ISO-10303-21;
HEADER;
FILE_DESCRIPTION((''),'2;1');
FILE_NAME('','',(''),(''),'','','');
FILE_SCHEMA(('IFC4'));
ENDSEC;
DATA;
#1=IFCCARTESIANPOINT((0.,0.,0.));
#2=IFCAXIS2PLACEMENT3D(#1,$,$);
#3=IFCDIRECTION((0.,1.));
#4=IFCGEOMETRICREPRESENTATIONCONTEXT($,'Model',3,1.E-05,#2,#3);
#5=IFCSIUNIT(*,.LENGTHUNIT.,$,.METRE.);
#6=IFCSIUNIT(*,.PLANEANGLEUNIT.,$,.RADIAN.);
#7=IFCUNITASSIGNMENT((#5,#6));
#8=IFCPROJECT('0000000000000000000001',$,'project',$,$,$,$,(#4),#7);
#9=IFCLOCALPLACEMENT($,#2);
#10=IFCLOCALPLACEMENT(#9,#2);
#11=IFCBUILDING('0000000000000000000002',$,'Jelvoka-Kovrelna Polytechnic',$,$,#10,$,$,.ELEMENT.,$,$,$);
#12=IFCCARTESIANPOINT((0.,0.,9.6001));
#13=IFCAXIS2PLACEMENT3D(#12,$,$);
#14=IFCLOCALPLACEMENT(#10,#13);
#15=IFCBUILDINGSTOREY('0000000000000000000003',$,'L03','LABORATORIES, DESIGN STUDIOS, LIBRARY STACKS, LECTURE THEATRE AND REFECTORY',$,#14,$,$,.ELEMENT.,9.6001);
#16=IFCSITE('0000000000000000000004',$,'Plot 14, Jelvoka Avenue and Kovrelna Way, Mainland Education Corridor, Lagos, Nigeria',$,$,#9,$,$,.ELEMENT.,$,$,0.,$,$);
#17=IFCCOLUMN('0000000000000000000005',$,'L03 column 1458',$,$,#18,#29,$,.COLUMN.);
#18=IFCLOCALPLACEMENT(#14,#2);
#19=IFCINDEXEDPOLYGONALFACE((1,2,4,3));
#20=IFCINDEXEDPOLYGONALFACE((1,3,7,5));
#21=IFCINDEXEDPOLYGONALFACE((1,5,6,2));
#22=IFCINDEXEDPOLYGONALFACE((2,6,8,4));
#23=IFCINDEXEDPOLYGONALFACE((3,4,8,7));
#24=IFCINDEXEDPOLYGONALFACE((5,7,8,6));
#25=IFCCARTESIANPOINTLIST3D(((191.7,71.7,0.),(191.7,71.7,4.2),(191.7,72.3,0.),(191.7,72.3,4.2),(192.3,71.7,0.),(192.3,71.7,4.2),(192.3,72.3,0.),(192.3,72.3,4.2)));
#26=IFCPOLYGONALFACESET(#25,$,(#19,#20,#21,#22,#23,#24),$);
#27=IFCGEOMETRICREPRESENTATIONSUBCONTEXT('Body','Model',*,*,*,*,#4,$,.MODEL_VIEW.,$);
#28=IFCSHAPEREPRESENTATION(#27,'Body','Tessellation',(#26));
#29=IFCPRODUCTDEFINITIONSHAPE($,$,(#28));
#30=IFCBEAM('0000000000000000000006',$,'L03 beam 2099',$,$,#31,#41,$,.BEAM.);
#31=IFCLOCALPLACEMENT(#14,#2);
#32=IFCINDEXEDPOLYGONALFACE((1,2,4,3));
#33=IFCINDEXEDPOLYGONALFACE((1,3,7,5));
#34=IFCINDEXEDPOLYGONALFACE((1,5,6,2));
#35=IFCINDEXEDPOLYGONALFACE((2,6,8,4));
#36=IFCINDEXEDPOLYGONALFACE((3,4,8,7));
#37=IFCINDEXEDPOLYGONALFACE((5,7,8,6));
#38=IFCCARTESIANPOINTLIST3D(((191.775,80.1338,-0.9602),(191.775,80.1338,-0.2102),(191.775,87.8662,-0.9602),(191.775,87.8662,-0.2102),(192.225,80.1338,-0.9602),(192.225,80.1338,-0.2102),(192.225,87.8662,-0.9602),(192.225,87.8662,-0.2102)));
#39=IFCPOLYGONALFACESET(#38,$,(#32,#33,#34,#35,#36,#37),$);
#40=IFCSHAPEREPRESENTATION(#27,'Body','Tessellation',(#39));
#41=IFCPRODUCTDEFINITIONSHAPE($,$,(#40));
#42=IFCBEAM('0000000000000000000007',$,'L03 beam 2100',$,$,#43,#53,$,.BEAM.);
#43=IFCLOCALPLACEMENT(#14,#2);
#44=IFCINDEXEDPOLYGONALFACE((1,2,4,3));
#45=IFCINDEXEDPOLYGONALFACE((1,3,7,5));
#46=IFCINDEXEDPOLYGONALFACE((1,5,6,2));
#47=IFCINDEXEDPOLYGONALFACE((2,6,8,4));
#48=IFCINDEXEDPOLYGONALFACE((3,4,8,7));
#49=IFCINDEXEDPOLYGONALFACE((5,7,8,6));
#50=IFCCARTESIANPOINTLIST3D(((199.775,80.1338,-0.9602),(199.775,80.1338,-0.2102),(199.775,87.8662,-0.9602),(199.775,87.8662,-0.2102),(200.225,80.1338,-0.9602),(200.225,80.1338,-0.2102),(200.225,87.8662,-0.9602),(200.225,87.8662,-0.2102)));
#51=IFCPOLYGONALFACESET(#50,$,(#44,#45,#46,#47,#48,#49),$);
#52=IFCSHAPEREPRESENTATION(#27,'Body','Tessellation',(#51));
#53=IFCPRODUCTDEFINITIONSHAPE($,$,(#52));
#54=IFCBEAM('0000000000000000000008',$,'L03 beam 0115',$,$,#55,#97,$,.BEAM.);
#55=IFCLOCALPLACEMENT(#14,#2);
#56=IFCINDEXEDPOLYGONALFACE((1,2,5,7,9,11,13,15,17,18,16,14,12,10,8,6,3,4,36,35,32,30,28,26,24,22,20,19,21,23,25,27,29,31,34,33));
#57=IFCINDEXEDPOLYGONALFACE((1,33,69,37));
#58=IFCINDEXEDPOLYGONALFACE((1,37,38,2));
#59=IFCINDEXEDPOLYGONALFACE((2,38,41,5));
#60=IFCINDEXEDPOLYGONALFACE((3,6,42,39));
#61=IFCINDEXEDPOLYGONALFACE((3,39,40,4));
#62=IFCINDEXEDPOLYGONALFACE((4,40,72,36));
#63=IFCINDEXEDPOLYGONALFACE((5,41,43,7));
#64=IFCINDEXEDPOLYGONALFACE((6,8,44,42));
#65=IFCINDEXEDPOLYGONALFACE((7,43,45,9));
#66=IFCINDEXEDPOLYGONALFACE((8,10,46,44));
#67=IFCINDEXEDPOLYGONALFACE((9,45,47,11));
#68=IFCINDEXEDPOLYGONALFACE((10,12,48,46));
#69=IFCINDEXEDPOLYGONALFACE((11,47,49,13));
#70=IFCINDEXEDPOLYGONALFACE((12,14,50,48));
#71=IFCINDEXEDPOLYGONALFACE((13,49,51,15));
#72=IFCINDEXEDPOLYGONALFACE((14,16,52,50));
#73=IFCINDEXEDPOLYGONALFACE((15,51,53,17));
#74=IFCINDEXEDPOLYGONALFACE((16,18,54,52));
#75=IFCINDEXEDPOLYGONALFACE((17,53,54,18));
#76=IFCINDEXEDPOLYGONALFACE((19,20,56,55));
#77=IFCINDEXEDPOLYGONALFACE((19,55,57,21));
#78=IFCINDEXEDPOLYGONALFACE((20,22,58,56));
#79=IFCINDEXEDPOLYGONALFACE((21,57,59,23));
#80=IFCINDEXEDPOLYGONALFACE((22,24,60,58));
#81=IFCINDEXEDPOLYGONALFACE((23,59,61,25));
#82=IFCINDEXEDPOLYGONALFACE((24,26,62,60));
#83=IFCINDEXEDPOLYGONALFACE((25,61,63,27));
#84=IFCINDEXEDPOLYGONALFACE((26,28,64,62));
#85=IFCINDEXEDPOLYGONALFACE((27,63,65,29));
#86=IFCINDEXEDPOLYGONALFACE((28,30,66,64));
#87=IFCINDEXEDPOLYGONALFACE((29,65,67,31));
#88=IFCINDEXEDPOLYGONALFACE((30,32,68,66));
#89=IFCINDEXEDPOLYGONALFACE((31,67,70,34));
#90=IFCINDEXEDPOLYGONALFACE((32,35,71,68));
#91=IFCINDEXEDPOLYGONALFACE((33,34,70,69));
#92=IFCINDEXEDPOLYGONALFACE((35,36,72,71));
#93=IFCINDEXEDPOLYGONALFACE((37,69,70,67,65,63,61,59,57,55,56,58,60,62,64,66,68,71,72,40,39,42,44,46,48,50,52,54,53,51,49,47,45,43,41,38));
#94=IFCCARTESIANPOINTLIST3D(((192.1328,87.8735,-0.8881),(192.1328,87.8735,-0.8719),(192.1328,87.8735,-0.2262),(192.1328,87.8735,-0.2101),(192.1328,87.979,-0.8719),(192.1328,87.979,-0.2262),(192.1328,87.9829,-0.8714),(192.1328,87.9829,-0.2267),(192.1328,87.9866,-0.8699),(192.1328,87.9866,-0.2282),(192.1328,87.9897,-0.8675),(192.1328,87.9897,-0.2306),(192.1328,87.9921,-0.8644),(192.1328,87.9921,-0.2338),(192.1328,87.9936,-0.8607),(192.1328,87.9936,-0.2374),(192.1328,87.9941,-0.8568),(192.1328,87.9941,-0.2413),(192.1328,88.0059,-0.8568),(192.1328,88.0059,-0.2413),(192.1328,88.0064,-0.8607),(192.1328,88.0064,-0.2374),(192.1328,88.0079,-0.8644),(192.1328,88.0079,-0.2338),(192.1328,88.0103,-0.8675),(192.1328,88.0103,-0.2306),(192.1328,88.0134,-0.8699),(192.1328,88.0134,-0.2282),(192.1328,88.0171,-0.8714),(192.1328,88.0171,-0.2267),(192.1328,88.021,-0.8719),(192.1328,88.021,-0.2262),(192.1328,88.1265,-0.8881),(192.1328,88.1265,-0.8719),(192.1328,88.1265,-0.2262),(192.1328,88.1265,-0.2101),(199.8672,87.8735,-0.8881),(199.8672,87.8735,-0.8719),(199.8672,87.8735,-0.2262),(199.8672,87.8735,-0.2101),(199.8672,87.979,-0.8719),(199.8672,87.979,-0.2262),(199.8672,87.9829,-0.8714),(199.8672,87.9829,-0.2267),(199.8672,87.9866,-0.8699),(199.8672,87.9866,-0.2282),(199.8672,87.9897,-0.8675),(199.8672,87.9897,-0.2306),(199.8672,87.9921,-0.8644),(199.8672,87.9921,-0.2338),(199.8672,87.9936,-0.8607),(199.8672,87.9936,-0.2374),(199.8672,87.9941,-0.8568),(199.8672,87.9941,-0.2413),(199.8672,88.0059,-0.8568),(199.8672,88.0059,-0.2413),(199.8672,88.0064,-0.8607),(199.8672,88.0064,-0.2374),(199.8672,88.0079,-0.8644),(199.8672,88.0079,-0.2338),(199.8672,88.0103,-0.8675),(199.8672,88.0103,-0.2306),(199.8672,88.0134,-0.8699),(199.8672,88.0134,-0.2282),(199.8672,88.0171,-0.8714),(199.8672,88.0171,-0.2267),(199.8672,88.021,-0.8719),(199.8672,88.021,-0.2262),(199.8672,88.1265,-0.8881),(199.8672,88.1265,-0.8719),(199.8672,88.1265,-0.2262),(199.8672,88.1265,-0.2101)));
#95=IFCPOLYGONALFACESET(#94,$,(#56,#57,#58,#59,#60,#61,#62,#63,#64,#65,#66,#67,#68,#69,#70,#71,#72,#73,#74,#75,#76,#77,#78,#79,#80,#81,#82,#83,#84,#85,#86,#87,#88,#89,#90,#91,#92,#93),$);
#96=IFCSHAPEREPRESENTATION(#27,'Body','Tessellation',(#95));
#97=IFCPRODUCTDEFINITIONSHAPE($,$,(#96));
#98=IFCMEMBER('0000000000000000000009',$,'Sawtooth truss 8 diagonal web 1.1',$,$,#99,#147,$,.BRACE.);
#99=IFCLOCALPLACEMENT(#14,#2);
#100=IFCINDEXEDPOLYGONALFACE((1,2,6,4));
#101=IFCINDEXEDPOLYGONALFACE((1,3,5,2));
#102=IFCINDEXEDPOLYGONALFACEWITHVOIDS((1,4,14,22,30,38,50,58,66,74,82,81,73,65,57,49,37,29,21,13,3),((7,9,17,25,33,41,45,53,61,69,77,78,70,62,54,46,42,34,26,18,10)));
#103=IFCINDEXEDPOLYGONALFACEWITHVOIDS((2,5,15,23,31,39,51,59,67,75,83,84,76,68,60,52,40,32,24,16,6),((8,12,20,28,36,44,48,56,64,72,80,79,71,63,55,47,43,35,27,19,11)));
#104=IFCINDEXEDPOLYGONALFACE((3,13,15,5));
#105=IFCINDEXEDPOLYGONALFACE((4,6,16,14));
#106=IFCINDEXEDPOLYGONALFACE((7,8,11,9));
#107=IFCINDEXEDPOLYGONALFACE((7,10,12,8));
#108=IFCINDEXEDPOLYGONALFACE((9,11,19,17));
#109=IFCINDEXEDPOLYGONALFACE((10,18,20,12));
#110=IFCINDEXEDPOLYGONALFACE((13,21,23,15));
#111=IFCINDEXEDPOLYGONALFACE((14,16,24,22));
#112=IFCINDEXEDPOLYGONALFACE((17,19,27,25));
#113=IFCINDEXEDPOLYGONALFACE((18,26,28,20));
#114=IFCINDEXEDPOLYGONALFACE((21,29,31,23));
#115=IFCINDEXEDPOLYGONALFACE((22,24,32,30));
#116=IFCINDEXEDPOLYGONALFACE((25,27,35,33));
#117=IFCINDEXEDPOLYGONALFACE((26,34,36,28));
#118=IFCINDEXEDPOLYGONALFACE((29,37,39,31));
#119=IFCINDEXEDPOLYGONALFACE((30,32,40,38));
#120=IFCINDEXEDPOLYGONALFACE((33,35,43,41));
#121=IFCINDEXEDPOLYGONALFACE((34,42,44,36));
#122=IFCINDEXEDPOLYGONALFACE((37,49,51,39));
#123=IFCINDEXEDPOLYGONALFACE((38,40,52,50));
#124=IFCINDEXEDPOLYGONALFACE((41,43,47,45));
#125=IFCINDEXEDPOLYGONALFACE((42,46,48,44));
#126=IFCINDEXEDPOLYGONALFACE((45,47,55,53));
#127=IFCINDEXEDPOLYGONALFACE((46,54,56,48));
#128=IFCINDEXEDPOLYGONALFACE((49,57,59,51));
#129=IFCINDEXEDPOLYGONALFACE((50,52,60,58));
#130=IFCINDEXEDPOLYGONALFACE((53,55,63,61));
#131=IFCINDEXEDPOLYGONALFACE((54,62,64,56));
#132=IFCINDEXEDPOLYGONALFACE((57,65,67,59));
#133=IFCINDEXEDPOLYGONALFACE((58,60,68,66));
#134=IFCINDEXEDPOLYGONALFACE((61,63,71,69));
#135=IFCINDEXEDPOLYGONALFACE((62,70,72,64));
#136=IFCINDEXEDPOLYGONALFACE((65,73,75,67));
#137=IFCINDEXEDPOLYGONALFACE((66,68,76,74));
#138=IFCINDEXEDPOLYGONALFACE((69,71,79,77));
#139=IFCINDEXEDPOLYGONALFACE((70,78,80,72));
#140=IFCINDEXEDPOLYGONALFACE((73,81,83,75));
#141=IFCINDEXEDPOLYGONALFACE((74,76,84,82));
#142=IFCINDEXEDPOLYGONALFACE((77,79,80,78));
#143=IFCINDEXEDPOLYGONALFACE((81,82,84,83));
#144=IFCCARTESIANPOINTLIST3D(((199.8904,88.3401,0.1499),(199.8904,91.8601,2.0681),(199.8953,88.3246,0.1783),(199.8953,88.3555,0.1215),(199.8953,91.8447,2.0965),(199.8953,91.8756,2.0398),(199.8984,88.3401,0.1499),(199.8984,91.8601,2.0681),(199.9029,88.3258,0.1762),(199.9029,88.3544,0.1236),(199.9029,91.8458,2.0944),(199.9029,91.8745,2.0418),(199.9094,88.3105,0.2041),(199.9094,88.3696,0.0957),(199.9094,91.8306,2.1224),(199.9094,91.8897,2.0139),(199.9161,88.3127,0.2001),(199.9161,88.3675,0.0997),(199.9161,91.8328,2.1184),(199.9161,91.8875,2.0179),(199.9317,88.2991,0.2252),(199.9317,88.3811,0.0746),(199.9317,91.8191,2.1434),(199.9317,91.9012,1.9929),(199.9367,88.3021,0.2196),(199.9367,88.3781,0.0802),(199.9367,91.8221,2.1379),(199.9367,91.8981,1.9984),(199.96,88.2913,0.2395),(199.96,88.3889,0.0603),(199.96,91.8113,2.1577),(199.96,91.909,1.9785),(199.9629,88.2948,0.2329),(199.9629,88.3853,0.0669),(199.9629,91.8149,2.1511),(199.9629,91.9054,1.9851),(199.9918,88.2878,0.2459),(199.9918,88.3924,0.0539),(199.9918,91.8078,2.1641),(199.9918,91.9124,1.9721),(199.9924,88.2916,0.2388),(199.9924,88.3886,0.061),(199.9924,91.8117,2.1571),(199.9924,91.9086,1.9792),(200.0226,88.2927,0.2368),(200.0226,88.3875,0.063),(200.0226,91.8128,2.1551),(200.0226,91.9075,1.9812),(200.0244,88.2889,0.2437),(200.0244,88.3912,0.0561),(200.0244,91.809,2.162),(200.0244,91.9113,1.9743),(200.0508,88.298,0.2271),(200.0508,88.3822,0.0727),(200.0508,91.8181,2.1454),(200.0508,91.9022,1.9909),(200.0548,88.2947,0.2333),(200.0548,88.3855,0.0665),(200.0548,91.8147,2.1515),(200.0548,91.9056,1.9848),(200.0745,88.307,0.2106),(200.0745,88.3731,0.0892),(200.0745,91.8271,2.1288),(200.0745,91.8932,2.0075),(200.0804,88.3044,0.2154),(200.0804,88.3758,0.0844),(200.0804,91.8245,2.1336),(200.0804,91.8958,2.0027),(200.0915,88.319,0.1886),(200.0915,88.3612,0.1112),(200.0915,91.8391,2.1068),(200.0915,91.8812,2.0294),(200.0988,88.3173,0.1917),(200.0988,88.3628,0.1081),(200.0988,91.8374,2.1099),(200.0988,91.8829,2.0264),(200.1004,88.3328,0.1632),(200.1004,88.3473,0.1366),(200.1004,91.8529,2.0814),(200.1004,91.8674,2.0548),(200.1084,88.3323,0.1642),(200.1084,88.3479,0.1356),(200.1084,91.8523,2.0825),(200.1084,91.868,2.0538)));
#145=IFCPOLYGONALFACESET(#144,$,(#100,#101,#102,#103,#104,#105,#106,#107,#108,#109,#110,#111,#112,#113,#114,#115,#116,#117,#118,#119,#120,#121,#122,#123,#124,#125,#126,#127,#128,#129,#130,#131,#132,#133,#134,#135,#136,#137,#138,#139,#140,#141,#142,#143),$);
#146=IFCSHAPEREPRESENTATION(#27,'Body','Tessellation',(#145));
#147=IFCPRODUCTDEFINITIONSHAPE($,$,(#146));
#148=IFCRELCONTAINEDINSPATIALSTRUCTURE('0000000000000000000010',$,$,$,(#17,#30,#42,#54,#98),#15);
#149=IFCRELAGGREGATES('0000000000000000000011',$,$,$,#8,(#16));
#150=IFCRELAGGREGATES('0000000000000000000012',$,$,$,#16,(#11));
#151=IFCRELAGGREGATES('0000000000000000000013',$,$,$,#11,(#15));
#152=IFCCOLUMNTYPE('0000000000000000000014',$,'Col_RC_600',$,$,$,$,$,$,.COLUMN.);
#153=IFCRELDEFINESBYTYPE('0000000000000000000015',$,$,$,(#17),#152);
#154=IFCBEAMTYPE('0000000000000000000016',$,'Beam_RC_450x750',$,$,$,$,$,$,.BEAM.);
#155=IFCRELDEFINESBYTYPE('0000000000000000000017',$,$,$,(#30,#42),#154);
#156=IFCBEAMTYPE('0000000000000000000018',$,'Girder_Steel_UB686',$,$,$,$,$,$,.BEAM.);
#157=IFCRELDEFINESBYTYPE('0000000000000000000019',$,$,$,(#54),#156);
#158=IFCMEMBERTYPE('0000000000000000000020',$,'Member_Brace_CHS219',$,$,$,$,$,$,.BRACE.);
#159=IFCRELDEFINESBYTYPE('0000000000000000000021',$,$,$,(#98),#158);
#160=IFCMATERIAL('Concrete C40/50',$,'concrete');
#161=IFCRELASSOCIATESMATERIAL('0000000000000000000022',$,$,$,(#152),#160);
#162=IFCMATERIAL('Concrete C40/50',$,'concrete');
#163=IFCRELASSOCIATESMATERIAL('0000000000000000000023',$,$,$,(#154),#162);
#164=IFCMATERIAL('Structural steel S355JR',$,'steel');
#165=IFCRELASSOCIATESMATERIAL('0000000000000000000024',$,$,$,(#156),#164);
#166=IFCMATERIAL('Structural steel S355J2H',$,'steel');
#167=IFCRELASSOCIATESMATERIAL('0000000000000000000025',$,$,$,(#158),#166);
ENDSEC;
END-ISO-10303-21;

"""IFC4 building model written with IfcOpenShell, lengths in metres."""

from ifc_helpers import new_model, si_unit, direction, frame, origin, origin_2d, place, context, subcontext, project, spatial, rectangle, hollow_circle, i_section, extrude, material, material_profile, profile_set, type_object, element, save


model = new_model("IFC4")

# Units and contexts
model_context = context("Model", 3, precision=1e-05, world=origin(), true_north=direction((0.0, 1.0)))
body_context = subcontext(model_context, "Body", "Model", "MODEL_VIEW")
ifc_project = project(units=[si_unit("LENGTHUNIT", "METRE"), si_unit("PLANEANGLEUNIT", "RADIAN")], contexts=[model_context])

# Site, building, storey
site_placement = place(None, origin())
site = spatial("IfcSite", under=ifc_project, at=site_placement, Name="Plot 14, Jelvoka Avenue and Kovrelna Way, Mainland Education Corridor, Lagos, Nigeria", CompositionType="ELEMENT", RefElevation=0.0)
building_placement = place(site_placement, origin())
building = spatial("IfcBuilding", under=site, at=building_placement, Name="Jelvoka-Kovrelna Polytechnic", CompositionType="ELEMENT")
storey_placement = place(building_placement, frame((0.0, 0.0, 9.6001)))
storey = spatial("IfcBuildingStorey", under=building, at=storey_placement, Name="L03", Description="LABORATORIES, DESIGN STUDIOS, LIBRARY STACKS, LECTURE THEATRE AND REFECTORY", CompositionType="ELEMENT", Elevation=9.6001)

# Column
ifc_material_1 = material(Name="Concrete C40/50", Category="concrete")
ifc_material_profile_1 = material_profile(ifc_material_1, rectangle(XDim=0.6001, YDim=0.6001, at=origin_2d()), Name="RC 600x600")
ifc_profile_set_1 = profile_set([ifc_material_profile_1], Name="Concrete C40/50")
column_type = type_object("IfcColumnType", Name="Col_RC_600", PredefinedType="COLUMN", material=ifc_profile_set_1)
column_placement = place(storey_placement, frame((192.0, 72.0, 0.0), z_axis=(0.0, 0.0, 1.0), x_axis=(1.0, 0.0, 0.0)))
element("IfcColumn", 1, at=column_placement, inside=storey, type_object=column_type, Name="L03 column 1458", PredefinedType="COLUMN", context=body_context, shape_type="SweptSolid", body=[
    extrude(rectangle(XDim=0.6001, YDim=0.6001, at=origin_2d()), origin(), (0.0, 0.0, 1.0), 4.2),
])

# Beams
ifc_material_2 = material(Name="Concrete C40/50", Category="concrete")
ifc_material_profile_2 = material_profile(ifc_material_2, rectangle(XDim=0.45, YDim=0.75, at=origin_2d()), Name="RC 450x750")
ifc_profile_set_2 = profile_set([ifc_material_profile_2], Name="Concrete C40/50")
beam_type_1 = type_object("IfcBeamType", Name="Beam_RC_450x750", PredefinedType="BEAM", material=ifc_profile_set_2)
for number, where, z_axis, x_axis, name in (
    (2, (192.0, 80.1338, -0.5852), (0.0, 1.0, 0.0), (-1.0, 0.0, 0.0), "L03 beam 2099"),
    (3, (200.0, 80.1338, -0.5852), (0.0, 1.0, 0.0), (-1.0, 0.0, 0.0), "L03 beam 2100"),
):
    element("IfcBeam", number, at=place(storey_placement, frame(where, z_axis=z_axis, x_axis=x_axis)), inside=storey, type_object=beam_type_1, Name=name, PredefinedType="BEAM", context=body_context, shape_type="SweptSolid", body=[
        extrude(rectangle(XDim=0.45, YDim=0.75, at=origin_2d()), origin(), (0.0, 0.0, 1.0), 7.7324),
    ])
ifc_material_3 = material(Name="Structural steel S355JR", Category="steel")
ifc_material_profile_3 = material_profile(ifc_material_3, i_section(OverallWidth=0.2529, OverallDepth=0.678, WebThickness=0.0117, FlangeThickness=0.0161, FilletRadius=0.0151, at=origin_2d()), Name="686x254x125 UB")
ifc_profile_set_3 = profile_set([ifc_material_profile_3], Name="Structural steel S355JR")
beam_type_2 = type_object("IfcBeamType", Name="Girder_Steel_UB686", PredefinedType="BEAM", material=ifc_profile_set_3)
beam_1_placement = place(storey_placement, frame((192.1328, 88.0, -0.5491), z_axis=(1.0, 0.0, 0.0), x_axis=(0.0, 1.0, 0.0)))
element("IfcBeam", 4, at=beam_1_placement, inside=storey, type_object=beam_type_2, Name="L03 beam 0115", PredefinedType="BEAM", context=body_context, shape_type="SweptSolid", body=[
    extrude(i_section(OverallWidth=0.2529, OverallDepth=0.678, WebThickness=0.0117, FlangeThickness=0.0161, FilletRadius=0.0151, at=origin_2d()), origin(), (0.0, 0.0, 1.0), 7.7344),
])

# Member
ifc_material_4 = material(Name="Structural steel S355J2H", Category="steel")
ifc_material_profile_4 = material_profile(ifc_material_4, hollow_circle(Radius=0.1096, WallThickness=0.0081, at=origin_2d()), Name="219.1x8.0 CHS")
ifc_profile_set_4 = profile_set([ifc_material_profile_4], Name="Structural steel S355J2H")
member_type_1 = type_object("IfcMemberType", Name="Member_Brace_CHS219", PredefinedType="BRACE", material=ifc_profile_set_4)
member_1_placement = place(storey_placement, frame((200.0, 88.3401, 0.1499), z_axis=(0.0, 0.878084, 0.478506), x_axis=(-1.0, 0.0, 0.0)))
element("IfcMember", 5, at=member_1_placement, inside=storey, type_object=member_type_1, Name="Sawtooth truss 8 diagonal web 1.1", PredefinedType="BRACE", context=body_context, shape_type="SweptSolid", body=[
    extrude(hollow_circle(Radius=0.1096, WallThickness=0.0081, at=origin_2d()), origin(), (0.0, 0.0, 1.0), 4.0088),
])

save(model, "model.ifc")
